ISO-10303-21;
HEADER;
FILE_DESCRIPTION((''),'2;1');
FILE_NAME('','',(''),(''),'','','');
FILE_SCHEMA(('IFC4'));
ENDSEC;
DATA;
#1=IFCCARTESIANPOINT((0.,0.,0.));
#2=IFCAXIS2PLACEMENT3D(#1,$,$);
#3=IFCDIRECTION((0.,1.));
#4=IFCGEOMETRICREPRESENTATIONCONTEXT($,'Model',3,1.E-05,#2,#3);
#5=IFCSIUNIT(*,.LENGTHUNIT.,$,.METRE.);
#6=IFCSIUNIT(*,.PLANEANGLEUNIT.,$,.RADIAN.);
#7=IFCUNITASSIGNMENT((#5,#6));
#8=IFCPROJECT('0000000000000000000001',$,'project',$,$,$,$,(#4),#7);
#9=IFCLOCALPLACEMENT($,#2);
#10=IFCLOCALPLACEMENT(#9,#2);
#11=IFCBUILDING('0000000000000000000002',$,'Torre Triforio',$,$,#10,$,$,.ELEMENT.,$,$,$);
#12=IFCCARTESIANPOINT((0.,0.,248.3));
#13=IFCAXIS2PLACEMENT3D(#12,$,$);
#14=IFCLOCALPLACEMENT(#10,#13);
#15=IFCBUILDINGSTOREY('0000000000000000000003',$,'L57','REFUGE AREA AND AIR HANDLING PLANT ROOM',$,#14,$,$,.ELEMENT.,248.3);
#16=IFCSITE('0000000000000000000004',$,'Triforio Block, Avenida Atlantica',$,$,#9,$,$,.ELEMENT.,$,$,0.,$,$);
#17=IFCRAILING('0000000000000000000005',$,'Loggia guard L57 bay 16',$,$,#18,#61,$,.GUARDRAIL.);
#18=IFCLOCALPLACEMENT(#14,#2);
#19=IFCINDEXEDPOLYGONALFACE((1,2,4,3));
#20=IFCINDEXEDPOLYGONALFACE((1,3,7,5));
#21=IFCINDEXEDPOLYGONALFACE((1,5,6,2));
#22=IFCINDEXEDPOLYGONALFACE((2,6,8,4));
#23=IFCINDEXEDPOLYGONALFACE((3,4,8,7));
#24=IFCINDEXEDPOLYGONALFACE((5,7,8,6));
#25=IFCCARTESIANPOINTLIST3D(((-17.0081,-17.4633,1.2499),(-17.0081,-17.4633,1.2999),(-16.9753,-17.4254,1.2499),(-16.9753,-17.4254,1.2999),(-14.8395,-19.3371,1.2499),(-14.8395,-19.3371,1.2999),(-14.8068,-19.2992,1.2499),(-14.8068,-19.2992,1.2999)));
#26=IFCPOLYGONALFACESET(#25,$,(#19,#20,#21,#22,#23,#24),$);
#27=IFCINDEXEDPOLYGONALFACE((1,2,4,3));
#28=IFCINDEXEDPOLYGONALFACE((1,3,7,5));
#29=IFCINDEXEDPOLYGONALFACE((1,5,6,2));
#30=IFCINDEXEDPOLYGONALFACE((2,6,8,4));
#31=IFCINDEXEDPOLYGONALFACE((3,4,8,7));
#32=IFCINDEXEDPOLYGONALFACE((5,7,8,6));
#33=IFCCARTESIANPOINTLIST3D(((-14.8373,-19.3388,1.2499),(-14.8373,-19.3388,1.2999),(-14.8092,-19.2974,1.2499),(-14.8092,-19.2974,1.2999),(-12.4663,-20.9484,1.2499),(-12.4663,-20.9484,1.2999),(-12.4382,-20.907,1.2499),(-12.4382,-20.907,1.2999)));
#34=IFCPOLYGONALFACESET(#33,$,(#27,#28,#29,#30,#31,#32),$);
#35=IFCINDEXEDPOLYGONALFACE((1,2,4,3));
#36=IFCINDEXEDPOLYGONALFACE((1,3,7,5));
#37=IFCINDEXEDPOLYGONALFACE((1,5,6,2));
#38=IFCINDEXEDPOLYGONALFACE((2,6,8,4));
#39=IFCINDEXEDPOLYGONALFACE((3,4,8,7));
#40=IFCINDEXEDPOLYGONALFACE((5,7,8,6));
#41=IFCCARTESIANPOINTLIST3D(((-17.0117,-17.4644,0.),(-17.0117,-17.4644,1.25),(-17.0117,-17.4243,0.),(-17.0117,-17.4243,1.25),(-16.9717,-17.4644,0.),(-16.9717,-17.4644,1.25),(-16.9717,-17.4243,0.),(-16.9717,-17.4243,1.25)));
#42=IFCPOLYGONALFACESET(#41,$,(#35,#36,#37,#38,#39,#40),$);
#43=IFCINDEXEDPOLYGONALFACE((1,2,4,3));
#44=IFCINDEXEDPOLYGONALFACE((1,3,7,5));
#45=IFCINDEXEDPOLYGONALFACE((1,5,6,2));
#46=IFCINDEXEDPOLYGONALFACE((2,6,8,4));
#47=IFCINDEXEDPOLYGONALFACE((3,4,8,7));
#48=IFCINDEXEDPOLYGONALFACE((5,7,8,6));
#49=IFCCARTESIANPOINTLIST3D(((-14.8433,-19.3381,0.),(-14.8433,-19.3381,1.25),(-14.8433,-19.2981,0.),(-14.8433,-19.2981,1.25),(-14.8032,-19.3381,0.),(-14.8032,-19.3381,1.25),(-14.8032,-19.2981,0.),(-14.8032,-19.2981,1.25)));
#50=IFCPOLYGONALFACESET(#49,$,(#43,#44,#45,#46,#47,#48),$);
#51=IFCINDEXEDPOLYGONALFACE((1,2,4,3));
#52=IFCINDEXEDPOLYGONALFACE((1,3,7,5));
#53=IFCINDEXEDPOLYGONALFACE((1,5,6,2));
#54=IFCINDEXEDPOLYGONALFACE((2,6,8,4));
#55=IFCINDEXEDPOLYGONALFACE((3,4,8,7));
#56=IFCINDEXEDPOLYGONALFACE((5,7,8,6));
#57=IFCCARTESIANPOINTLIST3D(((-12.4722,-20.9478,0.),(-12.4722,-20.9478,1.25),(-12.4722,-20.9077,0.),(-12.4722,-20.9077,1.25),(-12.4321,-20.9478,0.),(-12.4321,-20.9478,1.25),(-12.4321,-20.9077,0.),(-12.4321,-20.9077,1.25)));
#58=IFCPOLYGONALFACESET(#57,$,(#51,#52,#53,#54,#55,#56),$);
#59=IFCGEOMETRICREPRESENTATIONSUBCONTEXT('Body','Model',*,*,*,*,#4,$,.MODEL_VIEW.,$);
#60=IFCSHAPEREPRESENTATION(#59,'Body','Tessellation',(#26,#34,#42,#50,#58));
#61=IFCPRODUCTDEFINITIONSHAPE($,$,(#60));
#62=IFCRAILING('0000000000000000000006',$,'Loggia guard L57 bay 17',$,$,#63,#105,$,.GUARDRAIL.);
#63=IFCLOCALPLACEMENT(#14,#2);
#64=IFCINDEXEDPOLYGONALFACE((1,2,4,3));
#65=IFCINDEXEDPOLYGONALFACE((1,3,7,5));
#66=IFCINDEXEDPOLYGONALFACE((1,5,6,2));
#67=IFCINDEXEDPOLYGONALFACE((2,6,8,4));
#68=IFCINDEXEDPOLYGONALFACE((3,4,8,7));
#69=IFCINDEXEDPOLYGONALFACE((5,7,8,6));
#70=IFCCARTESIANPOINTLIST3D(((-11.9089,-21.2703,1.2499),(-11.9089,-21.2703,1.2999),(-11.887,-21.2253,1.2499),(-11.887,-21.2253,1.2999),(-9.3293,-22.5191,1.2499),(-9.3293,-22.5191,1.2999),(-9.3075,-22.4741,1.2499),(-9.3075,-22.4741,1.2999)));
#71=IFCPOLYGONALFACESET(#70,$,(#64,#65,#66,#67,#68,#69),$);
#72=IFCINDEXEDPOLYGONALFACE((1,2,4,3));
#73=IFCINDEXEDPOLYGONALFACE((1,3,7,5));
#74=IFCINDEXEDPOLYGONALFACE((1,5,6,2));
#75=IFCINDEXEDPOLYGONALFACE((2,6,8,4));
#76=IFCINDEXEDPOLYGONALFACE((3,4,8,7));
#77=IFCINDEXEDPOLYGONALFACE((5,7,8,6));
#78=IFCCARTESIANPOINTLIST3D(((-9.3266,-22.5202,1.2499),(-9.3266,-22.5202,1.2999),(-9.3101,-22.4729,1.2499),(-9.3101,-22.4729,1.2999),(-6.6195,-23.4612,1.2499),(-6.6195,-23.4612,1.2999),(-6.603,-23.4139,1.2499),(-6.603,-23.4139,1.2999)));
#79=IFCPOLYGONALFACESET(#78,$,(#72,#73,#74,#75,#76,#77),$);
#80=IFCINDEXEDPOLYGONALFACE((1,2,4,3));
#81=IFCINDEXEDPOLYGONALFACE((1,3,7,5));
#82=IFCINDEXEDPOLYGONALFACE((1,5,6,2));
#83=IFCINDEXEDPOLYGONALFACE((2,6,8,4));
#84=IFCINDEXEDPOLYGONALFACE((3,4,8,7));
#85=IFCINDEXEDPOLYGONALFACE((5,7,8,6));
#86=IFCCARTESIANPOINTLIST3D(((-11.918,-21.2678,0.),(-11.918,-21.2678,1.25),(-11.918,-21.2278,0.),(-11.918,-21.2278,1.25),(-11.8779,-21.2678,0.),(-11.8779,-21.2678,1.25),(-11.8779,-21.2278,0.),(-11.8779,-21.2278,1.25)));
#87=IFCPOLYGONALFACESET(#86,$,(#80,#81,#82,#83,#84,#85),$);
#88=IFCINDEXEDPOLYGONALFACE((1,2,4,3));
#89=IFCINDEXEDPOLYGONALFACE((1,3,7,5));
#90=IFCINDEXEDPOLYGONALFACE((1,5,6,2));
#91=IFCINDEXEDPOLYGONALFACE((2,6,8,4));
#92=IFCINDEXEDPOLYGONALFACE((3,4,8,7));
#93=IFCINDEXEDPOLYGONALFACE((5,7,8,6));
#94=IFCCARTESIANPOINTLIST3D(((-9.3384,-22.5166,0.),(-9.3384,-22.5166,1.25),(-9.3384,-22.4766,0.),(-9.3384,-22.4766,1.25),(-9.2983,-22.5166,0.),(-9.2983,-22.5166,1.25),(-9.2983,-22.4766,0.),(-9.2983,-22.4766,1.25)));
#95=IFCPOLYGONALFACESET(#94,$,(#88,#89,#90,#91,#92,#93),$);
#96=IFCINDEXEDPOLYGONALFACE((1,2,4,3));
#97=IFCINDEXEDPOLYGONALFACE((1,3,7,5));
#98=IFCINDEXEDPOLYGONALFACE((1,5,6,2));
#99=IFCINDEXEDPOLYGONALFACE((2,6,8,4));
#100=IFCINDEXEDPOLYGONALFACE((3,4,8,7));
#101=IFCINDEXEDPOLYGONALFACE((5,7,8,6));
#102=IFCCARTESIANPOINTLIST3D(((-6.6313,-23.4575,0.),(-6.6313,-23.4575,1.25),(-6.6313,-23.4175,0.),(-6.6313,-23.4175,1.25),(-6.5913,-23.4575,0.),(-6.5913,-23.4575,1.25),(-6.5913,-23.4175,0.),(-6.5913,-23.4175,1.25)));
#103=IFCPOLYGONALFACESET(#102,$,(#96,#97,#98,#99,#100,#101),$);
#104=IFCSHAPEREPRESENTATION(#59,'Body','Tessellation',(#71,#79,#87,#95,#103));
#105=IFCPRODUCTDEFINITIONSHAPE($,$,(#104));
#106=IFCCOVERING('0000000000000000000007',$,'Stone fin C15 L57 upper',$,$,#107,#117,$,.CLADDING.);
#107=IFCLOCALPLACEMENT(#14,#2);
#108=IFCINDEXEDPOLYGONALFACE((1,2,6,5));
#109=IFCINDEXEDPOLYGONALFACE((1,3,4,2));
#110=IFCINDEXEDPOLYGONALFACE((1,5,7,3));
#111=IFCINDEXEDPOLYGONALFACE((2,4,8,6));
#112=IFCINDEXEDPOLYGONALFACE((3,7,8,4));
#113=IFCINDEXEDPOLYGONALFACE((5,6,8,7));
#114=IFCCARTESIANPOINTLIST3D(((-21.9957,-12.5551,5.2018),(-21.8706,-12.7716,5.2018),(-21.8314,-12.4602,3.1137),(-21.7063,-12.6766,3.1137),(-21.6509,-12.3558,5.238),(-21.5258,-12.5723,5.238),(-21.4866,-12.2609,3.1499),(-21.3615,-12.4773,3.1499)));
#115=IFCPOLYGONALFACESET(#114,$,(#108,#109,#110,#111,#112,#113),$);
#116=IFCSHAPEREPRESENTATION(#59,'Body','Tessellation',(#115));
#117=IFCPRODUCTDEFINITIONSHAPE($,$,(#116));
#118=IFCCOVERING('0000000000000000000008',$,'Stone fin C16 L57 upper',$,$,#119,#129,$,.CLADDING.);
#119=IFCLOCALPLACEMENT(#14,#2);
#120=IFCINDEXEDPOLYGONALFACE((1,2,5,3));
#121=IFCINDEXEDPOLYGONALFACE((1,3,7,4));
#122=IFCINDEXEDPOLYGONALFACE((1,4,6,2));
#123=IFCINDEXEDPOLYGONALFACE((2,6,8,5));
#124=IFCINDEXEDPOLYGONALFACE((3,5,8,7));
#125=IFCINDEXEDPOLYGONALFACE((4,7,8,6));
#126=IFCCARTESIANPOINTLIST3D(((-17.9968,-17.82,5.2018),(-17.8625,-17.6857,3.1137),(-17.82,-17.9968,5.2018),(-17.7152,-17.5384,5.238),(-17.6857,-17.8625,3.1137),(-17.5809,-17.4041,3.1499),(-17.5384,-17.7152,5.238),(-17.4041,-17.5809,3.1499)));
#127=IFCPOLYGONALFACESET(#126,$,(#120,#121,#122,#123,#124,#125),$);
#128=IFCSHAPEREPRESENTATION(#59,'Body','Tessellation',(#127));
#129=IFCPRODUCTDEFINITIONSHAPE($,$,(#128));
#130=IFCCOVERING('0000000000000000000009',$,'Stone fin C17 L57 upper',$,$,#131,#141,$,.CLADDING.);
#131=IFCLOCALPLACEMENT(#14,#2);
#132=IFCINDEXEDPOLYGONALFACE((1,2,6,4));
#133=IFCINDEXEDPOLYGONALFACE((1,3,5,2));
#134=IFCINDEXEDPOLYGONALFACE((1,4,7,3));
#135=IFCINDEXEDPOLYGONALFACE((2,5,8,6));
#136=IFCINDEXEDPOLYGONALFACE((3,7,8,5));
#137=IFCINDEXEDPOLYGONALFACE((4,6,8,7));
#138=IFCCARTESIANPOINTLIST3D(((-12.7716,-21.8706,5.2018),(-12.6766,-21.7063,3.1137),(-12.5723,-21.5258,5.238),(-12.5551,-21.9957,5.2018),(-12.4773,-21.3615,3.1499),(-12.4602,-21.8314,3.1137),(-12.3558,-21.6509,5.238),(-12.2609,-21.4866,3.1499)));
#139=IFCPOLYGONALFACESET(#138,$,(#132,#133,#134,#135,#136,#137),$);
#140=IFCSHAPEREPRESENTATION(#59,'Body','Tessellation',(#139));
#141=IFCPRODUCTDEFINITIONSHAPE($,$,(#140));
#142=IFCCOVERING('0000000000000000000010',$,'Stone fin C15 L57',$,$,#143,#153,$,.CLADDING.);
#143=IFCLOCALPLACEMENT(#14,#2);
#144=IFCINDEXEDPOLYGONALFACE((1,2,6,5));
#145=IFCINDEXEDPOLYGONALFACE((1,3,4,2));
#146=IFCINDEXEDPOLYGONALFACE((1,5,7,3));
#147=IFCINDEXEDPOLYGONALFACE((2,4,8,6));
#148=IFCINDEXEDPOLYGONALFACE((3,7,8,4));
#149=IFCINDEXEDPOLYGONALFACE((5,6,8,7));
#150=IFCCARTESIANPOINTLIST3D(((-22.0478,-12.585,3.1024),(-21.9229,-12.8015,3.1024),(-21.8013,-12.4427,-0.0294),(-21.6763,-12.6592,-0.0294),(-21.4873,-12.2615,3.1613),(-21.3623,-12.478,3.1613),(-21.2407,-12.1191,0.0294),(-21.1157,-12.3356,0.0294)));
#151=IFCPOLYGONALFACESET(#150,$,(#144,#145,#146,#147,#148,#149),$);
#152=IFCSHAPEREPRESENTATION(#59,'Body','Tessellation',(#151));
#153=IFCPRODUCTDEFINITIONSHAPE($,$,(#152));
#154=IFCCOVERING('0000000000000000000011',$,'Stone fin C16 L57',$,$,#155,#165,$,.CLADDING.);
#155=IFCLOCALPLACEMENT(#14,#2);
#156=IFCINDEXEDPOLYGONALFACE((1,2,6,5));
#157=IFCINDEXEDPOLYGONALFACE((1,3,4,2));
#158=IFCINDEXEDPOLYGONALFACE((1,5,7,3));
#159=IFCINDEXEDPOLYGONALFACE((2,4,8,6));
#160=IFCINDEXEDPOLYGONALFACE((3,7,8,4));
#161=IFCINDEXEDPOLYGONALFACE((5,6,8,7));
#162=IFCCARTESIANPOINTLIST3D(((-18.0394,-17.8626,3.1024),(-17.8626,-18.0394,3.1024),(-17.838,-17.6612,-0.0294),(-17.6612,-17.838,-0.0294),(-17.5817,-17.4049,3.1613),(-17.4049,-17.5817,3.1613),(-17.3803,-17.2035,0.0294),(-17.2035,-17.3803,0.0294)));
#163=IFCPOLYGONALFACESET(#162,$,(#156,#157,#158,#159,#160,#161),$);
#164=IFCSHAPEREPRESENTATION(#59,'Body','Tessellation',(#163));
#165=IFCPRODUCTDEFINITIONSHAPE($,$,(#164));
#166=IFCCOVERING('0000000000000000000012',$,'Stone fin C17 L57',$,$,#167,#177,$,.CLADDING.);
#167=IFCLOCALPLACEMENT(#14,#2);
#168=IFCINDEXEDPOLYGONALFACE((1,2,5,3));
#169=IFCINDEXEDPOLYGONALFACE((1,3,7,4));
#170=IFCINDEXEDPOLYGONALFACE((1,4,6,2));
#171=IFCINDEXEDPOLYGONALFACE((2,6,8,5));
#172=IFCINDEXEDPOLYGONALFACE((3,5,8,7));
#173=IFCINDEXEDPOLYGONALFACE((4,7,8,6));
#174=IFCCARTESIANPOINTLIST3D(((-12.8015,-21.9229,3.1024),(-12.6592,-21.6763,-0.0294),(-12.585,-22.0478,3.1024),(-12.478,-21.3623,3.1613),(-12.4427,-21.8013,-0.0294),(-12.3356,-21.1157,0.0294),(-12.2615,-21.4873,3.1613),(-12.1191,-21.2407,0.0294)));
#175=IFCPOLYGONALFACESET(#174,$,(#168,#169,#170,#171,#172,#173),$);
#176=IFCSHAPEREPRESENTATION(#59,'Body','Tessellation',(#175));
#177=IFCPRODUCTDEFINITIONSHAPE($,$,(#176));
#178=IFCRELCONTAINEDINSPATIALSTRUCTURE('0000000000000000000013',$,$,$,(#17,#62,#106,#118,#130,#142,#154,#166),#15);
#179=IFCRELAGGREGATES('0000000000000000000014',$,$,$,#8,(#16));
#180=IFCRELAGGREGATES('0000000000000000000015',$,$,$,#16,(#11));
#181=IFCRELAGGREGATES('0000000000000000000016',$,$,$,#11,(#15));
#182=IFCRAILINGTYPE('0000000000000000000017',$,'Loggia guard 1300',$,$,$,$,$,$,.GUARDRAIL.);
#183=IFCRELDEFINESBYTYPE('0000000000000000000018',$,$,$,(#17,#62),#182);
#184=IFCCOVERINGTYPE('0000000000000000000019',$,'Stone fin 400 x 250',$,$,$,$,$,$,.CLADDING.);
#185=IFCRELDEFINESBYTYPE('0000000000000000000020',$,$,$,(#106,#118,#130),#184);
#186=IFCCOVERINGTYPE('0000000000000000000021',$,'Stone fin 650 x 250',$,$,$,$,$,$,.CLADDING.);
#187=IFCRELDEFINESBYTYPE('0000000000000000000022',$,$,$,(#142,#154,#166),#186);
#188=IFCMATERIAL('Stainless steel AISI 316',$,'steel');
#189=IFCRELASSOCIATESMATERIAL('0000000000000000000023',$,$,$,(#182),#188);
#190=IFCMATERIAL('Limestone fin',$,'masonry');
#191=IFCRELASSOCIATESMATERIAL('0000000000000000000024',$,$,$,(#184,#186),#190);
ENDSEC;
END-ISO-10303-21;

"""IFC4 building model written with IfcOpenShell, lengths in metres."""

from ifc_helpers import new_model, si_unit, direction, frame, origin, origin_2d, place, context, subcontext, project, spatial, rectangle, extrude, material, material_profile, profile_set, type_object, element, save


model = new_model("IFC4")

# Units and contexts
model_context = context("Model", 3, precision=1e-05, world=origin(), true_north=direction((0.0, 1.0)))
body_context = subcontext(model_context, "Body", "Model", "MODEL_VIEW")
ifc_project = project(units=[si_unit("LENGTHUNIT", "METRE"), si_unit("PLANEANGLEUNIT", "RADIAN")], contexts=[model_context])

# Site, building, storey
site_placement = place(None, origin())
site = spatial("IfcSite", under=ifc_project, at=site_placement, Name="Triforio Block, Avenida Atlantica", CompositionType="ELEMENT", RefElevation=0.0)
building_placement = place(site_placement, origin())
building = spatial("IfcBuilding", under=site, at=building_placement, Name="Torre Triforio", CompositionType="ELEMENT")
storey_placement = place(building_placement, frame((0.0, 0.0, 248.3)))
storey = spatial("IfcBuildingStorey", under=building, at=storey_placement, Name="L57", Description="REFUGE AREA AND AIR HANDLING PLANT ROOM", CompositionType="ELEMENT", Elevation=248.3)

# Railings
ifc_material_1 = material(Name="Stainless steel AISI 316", Category="steel")
railing_type = type_object("IfcRailingType", Name="Loggia guard 1300", PredefinedType="GUARDRAIL", material=ifc_material_1)
railing_1_placement = place(storey_placement, frame((-16.9917, -17.4443, 0.0)))
element("IfcRailing", 1, at=railing_1_placement, inside=storey, type_object=railing_type, Name="Loggia guard L57 bay 16", PredefinedType="GUARDRAIL", context=body_context, shape_type="SweptSolid", body=[
    extrude(rectangle(XDim=0.05, YDim=0.05, at=origin_2d()), frame((0.0, 0.0, 1.2749), z_axis=(0.756647, -0.653824, 0.0), x_axis=(0.653824, 0.756647, 0.0)), (0.0, 0.0, 1.0), 2.866),
    extrude(rectangle(XDim=0.05, YDim=0.05, at=origin_2d()), frame((2.1685, -1.8738, 1.2749), z_axis=(0.827368, -0.56166, 0.0), x_axis=(0.56166, 0.827368, 0.0)), (0.0, 0.0, 1.0), 2.8657),
    extrude(rectangle(XDim=0.04, YDim=0.04, at=origin_2d()), origin(), (0.0, 0.0, 1.0), 1.25),
    extrude(rectangle(XDim=0.04, YDim=0.04, at=origin_2d()), frame((2.1685, -1.8738, 0.0)), (0.0, 0.0, 1.0), 1.25),
    extrude(rectangle(XDim=0.04, YDim=0.04, at=origin_2d()), frame((4.5396, -3.4834, 0.0)), (0.0, 0.0, 1.0), 1.25),
])
railing_2_placement = place(storey_placement, frame((-11.8979, -21.2478, 0.0)))
element("IfcRailing", 2, at=railing_2_placement, inside=storey, type_object=railing_type, Name="Loggia guard L57 bay 17", PredefinedType="GUARDRAIL", context=body_context, shape_type="SweptSolid", body=[
    extrude(rectangle(XDim=0.05, YDim=0.05, at=origin_2d()), frame((0.0, 0.0, 1.2749), z_axis=(0.900078, -0.435728, 0.0), x_axis=(0.435728, 0.900078, 0.0)), (0.0, 0.0, 1.0), 2.866),
    extrude(rectangle(XDim=0.05, YDim=0.05, at=origin_2d()), frame((2.5796, -1.2488, 1.2749), z_axis=(0.944568, -0.328316, 0.0), x_axis=(0.328316, 0.944568, 0.0)), (0.0, 0.0, 1.0), 2.866),
    extrude(rectangle(XDim=0.04, YDim=0.04, at=origin_2d()), origin(), (0.0, 0.0, 1.0), 1.25),
    extrude(rectangle(XDim=0.04, YDim=0.04, at=origin_2d()), frame((2.5796, -1.2488, 0.0)), (0.0, 0.0, 1.0), 1.25),
    extrude(rectangle(XDim=0.04, YDim=0.04, at=origin_2d()), frame((5.2866, -2.1897, 0.0)), (0.0, 0.0, 1.0), 1.25),
])

# Coverings
ifc_material_2 = material(Name="Limestone fin", Category="masonry")
ifc_material_profile_1 = material_profile(ifc_material_2, rectangle(XDim=0.3999, YDim=0.25, at=origin_2d()), Name="FIN 400x250")
ifc_profile_set_1 = profile_set([ifc_material_profile_1], Name="Limestone fin")
covering_type_1 = type_object("IfcCoveringType", Name="Stone fin 400 x 250", PredefinedType="CLADDING", material=ifc_profile_set_1)
for number, where, z_axis, x_axis, name in (
    (3, (-21.5964, -12.4688, 3.1318), (-0.078363, -0.045294, 0.995895), (0.862225, 0.498374, 0.090511), "Stone fin C15 L57 upper"),
    (4, (-17.6333, -17.6333, 3.1318), (-0.064041, -0.064041, 0.99589), (0.704201, 0.704201, 0.090567), "Stone fin C16 L57 upper"),
    (5, (-12.4688, -21.5964, 3.1318), (-0.045294, -0.078363, 0.995895), (0.498374, 0.862225, 0.090511), "Stone fin C17 L57 upper"),
):
    element("IfcCovering", number, at=place(storey_placement, frame(where, z_axis=z_axis, x_axis=x_axis)), inside=storey, type_object=covering_type_1, Name=name, PredefinedType="CLADDING", context=body_context, shape_type="SweptSolid", body=[
        extrude(rectangle(XDim=0.3999, YDim=0.25, at=origin_2d()), origin(), (0.0, 0.0, 1.0), 2.0967),
    ])
ifc_material_profile_2 = material_profile(ifc_material_2, rectangle(XDim=0.6499, YDim=0.25, at=origin_2d()), Name="FIN 650x250")
ifc_profile_set_2 = profile_set([ifc_material_profile_2], Name="Limestone fin")
covering_type_2 = type_object("IfcCoveringType", Name="Stone fin 650 x 250", PredefinedType="CLADDING", material=ifc_profile_set_2)
for number, where, z_axis, x_axis, name in (
    (6, (-21.4585, -12.3892, 0.0), (-0.078411, -0.045261, 0.995893), (0.862515, 0.497867, 0.090536), "Stone fin C15 L57"),
    (7, (-17.5208, -17.5208, 0.0), (-0.064048, -0.064048, 0.995889), (0.7042, 0.7042, 0.090578), "Stone fin C16 L57"),
    (8, (-12.3892, -21.4585, 0.0), (-0.045261, -0.078411, 0.995893), (0.497867, 0.862515, 0.090536), "Stone fin C17 L57"),
):
    element("IfcCovering", number, at=place(storey_placement, frame(where, z_axis=z_axis, x_axis=x_axis)), inside=storey, type_object=covering_type_2, Name=name, PredefinedType="CLADDING", context=body_context, shape_type="SweptSolid", body=[
        extrude(rectangle(XDim=0.6499, YDim=0.25, at=origin_2d()), origin(), (0.0, 0.0, 1.0), 3.1448),
    ])

save(model, "model.ifc")
